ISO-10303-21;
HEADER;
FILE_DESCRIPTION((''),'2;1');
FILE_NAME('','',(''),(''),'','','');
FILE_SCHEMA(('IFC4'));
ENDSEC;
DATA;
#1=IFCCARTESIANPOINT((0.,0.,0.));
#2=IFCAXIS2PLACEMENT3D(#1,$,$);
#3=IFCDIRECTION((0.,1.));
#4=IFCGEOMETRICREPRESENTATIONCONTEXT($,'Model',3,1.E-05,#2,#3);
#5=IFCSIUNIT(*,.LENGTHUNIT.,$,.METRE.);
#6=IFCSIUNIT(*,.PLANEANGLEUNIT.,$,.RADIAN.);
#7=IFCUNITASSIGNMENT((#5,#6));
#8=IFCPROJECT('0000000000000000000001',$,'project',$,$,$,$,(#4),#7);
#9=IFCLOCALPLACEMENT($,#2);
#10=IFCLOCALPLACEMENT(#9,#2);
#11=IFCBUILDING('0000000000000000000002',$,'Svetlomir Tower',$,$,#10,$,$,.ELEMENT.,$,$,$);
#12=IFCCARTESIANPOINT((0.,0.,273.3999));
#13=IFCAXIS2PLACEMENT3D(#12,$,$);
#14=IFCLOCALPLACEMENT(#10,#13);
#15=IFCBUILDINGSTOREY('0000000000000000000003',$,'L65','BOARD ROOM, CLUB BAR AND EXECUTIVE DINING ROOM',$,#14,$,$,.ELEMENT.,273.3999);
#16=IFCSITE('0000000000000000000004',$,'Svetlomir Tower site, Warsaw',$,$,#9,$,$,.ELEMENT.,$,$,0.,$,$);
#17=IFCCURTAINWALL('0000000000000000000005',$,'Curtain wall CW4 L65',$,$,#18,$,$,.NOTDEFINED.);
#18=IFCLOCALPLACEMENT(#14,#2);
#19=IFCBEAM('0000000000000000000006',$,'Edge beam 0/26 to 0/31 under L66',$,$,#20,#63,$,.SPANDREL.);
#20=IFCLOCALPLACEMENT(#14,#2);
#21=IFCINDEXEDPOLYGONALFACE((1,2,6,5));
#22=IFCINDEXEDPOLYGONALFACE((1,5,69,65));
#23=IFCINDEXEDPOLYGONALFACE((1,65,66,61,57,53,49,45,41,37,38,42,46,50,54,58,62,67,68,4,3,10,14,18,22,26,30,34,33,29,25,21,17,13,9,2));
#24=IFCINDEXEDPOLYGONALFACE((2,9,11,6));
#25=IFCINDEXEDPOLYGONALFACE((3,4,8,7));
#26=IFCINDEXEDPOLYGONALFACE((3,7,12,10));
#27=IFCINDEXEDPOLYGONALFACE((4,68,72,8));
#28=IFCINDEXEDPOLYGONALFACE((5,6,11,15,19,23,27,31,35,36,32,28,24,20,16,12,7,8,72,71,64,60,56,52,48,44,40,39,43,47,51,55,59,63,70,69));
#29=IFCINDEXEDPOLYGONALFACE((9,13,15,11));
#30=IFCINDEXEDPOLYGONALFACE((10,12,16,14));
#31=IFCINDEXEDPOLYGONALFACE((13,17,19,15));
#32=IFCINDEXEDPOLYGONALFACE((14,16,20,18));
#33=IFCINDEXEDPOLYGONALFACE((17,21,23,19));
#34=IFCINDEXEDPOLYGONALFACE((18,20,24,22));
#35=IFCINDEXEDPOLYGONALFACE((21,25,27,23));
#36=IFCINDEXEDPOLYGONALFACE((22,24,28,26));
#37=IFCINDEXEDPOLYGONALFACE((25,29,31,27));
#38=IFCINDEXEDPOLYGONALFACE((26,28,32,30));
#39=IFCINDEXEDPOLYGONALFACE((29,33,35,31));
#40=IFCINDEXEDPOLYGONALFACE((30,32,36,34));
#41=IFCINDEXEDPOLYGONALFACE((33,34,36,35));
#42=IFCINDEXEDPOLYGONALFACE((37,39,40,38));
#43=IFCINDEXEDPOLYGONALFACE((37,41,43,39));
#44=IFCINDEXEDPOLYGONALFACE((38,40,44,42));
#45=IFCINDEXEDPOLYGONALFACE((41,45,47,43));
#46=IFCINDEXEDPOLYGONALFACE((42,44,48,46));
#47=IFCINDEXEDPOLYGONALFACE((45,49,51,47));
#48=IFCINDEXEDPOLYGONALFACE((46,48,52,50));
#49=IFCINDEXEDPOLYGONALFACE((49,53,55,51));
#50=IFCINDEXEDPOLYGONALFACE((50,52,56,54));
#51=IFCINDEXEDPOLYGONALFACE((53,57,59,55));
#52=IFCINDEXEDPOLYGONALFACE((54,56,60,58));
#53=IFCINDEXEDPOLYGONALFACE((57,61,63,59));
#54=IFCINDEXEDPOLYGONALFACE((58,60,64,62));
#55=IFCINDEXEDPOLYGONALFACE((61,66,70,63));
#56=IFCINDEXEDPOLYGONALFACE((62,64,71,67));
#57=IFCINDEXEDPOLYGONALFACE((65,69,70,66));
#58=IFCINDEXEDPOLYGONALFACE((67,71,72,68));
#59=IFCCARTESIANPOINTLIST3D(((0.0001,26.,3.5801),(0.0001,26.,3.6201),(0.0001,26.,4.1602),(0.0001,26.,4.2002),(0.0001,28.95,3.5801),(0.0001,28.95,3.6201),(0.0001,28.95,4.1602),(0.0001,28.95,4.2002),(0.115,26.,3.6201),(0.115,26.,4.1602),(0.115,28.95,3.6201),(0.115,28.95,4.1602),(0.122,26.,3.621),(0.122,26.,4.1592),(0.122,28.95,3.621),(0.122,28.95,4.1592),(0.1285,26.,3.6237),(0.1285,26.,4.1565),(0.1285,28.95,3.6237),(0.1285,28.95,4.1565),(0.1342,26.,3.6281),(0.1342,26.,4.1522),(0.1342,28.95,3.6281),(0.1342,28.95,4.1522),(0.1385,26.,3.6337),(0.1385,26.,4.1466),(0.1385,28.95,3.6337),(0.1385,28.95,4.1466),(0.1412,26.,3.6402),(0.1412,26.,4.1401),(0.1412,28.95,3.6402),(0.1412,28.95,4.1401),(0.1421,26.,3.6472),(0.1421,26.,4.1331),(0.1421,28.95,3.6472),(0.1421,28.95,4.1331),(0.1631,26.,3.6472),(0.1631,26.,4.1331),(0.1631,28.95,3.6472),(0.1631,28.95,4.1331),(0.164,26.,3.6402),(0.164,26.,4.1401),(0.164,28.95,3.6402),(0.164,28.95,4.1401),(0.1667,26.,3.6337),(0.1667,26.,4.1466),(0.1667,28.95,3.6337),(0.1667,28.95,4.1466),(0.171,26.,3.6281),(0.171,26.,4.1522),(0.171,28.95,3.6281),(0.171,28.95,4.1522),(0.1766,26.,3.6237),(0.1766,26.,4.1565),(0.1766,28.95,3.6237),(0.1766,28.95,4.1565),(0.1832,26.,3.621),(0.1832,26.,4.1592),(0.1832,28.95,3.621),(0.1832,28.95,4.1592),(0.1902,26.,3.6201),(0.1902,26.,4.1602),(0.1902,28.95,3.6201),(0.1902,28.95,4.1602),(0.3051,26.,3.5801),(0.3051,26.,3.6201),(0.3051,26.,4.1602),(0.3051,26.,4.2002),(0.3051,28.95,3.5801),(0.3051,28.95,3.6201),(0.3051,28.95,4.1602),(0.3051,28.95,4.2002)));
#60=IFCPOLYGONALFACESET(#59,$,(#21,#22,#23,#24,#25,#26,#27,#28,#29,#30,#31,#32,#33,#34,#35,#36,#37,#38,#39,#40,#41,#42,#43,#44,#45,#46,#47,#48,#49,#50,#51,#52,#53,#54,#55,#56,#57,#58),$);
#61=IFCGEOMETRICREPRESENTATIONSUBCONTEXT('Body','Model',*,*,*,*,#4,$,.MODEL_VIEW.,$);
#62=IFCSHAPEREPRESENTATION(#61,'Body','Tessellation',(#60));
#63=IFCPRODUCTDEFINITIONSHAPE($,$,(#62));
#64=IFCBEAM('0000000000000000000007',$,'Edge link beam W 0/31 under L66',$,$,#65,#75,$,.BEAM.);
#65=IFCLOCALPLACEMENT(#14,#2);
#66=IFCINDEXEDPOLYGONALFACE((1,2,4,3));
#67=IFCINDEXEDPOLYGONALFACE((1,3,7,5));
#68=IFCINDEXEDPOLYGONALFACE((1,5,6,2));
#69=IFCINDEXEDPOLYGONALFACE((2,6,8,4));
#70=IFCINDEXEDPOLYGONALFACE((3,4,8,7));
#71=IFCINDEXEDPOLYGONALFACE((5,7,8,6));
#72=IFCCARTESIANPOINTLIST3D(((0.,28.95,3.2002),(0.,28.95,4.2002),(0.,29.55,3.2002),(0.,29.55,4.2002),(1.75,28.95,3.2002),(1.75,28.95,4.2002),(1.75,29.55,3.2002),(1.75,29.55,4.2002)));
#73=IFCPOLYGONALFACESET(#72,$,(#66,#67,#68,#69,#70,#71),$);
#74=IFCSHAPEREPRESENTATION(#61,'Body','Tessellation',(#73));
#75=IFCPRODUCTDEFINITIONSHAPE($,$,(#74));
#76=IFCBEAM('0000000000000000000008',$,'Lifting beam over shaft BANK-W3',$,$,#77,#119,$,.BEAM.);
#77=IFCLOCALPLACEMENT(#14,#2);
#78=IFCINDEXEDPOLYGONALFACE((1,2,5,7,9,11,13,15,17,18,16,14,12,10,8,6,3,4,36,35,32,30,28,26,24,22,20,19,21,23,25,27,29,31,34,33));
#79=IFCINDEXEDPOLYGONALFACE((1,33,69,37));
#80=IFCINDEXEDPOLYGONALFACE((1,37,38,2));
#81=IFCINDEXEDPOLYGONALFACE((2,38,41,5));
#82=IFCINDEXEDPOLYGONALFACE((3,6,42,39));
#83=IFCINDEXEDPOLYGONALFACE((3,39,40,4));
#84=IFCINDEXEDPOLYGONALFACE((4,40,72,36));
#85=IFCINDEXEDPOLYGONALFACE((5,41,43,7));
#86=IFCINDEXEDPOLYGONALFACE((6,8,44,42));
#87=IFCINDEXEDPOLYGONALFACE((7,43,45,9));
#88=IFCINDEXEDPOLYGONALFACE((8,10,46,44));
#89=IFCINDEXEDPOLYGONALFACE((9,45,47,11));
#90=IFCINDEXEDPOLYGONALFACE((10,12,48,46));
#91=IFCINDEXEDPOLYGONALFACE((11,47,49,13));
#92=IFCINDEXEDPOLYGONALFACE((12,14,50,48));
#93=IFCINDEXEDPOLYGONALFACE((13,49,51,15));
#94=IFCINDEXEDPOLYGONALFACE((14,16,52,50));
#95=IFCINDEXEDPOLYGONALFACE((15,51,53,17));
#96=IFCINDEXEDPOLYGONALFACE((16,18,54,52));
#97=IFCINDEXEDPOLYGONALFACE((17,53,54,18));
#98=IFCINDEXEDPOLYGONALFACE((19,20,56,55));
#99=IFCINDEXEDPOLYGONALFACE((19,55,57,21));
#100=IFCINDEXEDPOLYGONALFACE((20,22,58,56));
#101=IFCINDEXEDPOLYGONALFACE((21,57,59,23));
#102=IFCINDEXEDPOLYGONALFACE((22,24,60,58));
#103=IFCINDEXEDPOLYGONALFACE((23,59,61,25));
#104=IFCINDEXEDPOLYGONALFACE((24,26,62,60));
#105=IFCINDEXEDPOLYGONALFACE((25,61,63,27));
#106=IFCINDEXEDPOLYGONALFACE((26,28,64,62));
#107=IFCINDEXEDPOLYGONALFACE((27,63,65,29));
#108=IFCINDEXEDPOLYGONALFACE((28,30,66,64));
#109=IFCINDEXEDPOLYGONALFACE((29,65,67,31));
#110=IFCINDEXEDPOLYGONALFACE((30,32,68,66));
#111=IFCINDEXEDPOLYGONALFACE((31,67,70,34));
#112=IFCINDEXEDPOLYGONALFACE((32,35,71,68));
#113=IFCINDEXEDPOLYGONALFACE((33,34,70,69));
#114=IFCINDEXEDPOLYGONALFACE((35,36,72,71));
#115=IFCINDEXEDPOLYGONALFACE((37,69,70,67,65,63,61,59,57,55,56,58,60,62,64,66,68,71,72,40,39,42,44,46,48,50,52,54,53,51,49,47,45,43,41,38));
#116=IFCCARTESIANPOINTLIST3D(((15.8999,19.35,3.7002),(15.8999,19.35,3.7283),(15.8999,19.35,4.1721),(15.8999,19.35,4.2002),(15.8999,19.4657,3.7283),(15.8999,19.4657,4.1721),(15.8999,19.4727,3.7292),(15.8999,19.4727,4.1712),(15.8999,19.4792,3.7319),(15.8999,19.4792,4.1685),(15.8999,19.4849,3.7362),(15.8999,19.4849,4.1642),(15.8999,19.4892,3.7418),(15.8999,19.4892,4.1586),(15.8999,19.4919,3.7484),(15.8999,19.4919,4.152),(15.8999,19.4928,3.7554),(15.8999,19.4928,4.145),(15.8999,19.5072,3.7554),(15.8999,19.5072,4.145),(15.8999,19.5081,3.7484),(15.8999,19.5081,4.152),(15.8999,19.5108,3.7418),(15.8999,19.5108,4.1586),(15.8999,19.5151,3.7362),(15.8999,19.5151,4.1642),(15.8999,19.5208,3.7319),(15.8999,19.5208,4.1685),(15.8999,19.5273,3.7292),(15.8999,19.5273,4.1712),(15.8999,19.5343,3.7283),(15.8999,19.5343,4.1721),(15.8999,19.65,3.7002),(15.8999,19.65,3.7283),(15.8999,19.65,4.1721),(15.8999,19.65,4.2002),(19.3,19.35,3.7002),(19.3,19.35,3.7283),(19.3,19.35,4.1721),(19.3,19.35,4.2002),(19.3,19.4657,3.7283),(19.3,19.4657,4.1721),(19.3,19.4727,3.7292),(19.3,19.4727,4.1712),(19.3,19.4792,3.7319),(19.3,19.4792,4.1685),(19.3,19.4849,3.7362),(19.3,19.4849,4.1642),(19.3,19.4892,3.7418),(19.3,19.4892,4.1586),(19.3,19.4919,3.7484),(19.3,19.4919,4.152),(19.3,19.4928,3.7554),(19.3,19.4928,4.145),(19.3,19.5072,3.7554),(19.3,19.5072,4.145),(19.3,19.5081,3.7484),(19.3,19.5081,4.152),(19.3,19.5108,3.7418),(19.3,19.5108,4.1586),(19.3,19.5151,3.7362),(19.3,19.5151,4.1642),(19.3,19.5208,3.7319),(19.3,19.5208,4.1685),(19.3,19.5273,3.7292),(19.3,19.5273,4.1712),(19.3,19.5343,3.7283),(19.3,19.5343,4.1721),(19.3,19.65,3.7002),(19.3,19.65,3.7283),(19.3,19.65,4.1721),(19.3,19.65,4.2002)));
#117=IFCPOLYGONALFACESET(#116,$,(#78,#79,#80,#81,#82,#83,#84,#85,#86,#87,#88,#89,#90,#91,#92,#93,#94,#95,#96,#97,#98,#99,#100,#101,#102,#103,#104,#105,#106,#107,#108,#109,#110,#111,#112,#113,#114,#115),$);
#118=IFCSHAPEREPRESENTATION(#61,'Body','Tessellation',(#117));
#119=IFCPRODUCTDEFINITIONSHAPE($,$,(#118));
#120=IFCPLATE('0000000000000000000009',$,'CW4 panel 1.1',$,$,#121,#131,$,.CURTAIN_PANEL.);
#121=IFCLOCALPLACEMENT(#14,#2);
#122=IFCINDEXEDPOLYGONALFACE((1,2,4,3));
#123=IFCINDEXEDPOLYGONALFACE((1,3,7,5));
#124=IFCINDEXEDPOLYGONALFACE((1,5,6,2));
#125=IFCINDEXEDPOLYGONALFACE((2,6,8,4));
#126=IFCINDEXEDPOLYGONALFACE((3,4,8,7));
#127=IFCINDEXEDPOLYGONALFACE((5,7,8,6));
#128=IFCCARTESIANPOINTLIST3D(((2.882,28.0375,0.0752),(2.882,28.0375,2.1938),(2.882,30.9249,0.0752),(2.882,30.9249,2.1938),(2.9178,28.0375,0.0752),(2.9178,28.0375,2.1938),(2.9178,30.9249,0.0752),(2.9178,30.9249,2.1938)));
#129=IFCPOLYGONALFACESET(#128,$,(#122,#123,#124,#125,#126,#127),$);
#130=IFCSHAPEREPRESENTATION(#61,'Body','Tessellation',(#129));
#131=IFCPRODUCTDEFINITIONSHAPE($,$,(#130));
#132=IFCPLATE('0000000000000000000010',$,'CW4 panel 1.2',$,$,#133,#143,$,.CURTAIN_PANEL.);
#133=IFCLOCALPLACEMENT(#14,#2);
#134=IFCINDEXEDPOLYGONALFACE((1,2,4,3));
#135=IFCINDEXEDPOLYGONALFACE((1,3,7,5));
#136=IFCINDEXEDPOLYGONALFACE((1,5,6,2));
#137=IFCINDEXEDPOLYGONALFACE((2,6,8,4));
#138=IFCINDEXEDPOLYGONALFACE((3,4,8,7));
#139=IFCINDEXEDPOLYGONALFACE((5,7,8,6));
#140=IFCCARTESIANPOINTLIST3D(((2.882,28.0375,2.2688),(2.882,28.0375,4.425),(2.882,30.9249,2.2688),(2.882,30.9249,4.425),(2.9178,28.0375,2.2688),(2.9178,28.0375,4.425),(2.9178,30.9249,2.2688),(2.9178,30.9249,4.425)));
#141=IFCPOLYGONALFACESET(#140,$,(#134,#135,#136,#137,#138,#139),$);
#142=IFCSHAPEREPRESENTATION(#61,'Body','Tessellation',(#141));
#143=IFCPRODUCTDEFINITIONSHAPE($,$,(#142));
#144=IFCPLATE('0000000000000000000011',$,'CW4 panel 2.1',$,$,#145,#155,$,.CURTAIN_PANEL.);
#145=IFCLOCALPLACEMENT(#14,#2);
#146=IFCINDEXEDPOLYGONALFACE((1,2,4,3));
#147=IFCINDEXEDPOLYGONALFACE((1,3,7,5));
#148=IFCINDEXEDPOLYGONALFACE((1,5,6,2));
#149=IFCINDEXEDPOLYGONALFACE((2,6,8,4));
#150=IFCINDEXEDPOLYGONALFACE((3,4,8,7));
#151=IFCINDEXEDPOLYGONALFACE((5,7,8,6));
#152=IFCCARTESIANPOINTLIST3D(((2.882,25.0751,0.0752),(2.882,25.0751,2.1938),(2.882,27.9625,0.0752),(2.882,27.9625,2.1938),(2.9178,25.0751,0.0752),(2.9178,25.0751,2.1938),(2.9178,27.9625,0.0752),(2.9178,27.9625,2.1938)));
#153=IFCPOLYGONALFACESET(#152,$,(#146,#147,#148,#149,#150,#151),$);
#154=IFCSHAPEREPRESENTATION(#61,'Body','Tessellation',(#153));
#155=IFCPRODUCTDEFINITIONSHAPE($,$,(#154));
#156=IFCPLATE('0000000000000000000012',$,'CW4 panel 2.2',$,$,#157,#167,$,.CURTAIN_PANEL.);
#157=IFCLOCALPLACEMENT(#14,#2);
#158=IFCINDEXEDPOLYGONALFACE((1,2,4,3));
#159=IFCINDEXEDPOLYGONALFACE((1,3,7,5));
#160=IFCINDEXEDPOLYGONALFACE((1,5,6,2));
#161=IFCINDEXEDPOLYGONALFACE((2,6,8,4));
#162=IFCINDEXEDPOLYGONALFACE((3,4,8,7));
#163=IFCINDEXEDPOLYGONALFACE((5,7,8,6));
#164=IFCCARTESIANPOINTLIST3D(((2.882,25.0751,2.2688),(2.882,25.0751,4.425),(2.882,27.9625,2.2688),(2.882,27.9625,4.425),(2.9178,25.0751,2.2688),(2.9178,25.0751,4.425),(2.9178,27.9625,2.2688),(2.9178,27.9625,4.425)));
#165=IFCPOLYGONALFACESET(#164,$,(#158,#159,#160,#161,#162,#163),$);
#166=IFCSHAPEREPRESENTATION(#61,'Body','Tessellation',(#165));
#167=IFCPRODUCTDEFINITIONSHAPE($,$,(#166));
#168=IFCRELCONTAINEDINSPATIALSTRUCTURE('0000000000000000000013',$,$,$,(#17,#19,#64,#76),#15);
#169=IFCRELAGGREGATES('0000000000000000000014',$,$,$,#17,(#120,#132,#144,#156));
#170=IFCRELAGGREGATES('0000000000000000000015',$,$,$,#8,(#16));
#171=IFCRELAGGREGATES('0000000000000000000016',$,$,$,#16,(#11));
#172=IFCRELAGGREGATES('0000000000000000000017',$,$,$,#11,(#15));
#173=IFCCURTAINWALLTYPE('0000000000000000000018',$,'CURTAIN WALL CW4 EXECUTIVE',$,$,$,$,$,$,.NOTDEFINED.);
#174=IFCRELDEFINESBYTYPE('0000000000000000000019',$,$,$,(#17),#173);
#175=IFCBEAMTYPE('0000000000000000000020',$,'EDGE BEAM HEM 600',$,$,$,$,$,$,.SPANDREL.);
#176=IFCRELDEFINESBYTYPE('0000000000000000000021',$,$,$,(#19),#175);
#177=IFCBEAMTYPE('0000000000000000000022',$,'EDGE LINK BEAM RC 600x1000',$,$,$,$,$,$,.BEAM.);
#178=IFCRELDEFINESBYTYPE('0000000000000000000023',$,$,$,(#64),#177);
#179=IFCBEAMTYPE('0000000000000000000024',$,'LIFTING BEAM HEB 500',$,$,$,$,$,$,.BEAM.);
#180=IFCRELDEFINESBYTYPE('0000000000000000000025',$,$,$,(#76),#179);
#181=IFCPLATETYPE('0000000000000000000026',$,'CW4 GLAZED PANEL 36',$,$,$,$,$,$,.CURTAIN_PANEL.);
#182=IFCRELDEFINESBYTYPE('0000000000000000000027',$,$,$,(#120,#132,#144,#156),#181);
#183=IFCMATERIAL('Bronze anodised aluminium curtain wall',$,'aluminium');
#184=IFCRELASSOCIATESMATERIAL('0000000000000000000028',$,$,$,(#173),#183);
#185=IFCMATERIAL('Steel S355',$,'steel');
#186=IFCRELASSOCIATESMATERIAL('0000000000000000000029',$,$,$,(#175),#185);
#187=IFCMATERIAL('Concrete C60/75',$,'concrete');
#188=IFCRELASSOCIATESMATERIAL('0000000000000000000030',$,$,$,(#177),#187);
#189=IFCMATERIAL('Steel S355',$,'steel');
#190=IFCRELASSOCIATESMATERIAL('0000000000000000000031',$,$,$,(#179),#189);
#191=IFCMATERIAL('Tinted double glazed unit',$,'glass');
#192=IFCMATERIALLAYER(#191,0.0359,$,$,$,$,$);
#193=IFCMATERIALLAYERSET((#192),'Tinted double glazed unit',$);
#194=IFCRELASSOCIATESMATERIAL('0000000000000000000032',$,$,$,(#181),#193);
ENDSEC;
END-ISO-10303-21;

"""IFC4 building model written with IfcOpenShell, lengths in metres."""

from ifc_helpers import new_model, si_unit, direction, frame, origin, origin_2d, place, context, subcontext, project, spatial, rectangle, i_section, extrude, material, layer, layer_set, material_profile, profile_set, type_object, element, aggregate, save


model = new_model("IFC4")

# Units and contexts
model_context = context("Model", 3, precision=1e-05, world=origin(), true_north=direction((0.0, 1.0)))
body_context = subcontext(model_context, "Body", "Model", "MODEL_VIEW")
ifc_project = project(units=[si_unit("LENGTHUNIT", "METRE"), si_unit("PLANEANGLEUNIT", "RADIAN")], contexts=[model_context])

# Site, building, storey
site_placement = place(None, origin())
site = spatial("IfcSite", under=ifc_project, at=site_placement, Name="Svetlomir Tower site, Warsaw", CompositionType="ELEMENT", RefElevation=0.0)
building_placement = place(site_placement, origin())
building = spatial("IfcBuilding", under=site, at=building_placement, Name="Svetlomir Tower", CompositionType="ELEMENT")
storey_placement = place(building_placement, frame((0.0, 0.0, 273.3999)))
storey = spatial("IfcBuildingStorey", under=building, at=storey_placement, Name="L65", Description="BOARD ROOM, CLUB BAR AND EXECUTIVE DINING ROOM", CompositionType="ELEMENT", Elevation=273.3999)

# Curtain wall
ifc_material_1 = material(Name="Bronze anodised aluminium curtain wall", Category="aluminium")
curtain_wall_type = type_object("IfcCurtainWallType", Name="CURTAIN WALL CW4 EXECUTIVE", PredefinedType="NOTDEFINED", material=ifc_material_1)
curtain_wall_placement = place(storey_placement, origin())
curtain_wall = element("IfcCurtainWall", 1, at=curtain_wall_placement, inside=storey, type_object=curtain_wall_type, Name="Curtain wall CW4 L65", PredefinedType="NOTDEFINED")

# Beams
ifc_material_2 = material(Name="Steel S355", Category="steel")
ifc_material_profile_1 = material_profile(ifc_material_2, i_section(OverallWidth=0.3049, OverallDepth=0.6201, WebThickness=0.021, FlangeThickness=0.04, FilletRadius=0.0271, at=origin_2d()), Name="HEM 600")
ifc_profile_set_1 = profile_set([ifc_material_profile_1], Name="Steel S355")
beam_type_1 = type_object("IfcBeamType", Name="EDGE BEAM HEM 600", PredefinedType="SPANDREL", material=ifc_profile_set_1)
beam_1_placement = place(storey_placement, frame((0.1526, 26.0, 3.8901), z_axis=(0.0, 1.0, 0.0), x_axis=(-1.0, 0.0, 0.0)))
element("IfcBeam", 2, at=beam_1_placement, inside=storey, type_object=beam_type_1, Name="Edge beam 0/26 to 0/31 under L66", PredefinedType="SPANDREL", context=body_context, shape_type="SweptSolid", body=[
    extrude(i_section(OverallWidth=0.3049, OverallDepth=0.6201, WebThickness=0.021, FlangeThickness=0.04, FilletRadius=0.0271, at=origin_2d()), origin(), (0.0, 0.0, 1.0), 2.95),
])
ifc_material_3 = material(Name="Concrete C60/75", Category="concrete")
ifc_material_profile_2 = material_profile(ifc_material_3, rectangle(XDim=0.6001, YDim=1.0, at=origin_2d()), Name="RC 600x1000")
ifc_profile_set_2 = profile_set([ifc_material_profile_2], Name="Concrete C60/75")
beam_type_2 = type_object("IfcBeamType", Name="EDGE LINK BEAM RC 600x1000", PredefinedType="BEAM", material=ifc_profile_set_2)
beam_2_placement = place(storey_placement, frame((1.75, 29.25, 3.7002), z_axis=(-1.0, 0.0, 0.0), x_axis=(0.0, -1.0, 0.0)))
element("IfcBeam", 3, at=beam_2_placement, inside=storey, type_object=beam_type_2, Name="Edge link beam W 0/31 under L66", PredefinedType="BEAM", context=body_context, shape_type="SweptSolid", body=[
    extrude(rectangle(XDim=0.6001, YDim=1.0, at=origin_2d()), origin(), (0.0, 0.0, 1.0), 1.75),
])
ifc_material_4 = material(Name="Steel S355", Category="steel")
ifc_material_profile_3 = material_profile(ifc_material_4, i_section(OverallWidth=0.3, OverallDepth=0.5, WebThickness=0.0144, FlangeThickness=0.0281, FilletRadius=0.0271, at=origin_2d()), Name="HEB 500")
ifc_profile_set_3 = profile_set([ifc_material_profile_3], Name="Steel S355")
beam_type_3 = type_object("IfcBeamType", Name="LIFTING BEAM HEB 500", PredefinedType="BEAM", material=ifc_profile_set_3)
beam_3_placement = place(storey_placement, frame((15.8999, 19.5, 3.9502), z_axis=(1.0, 0.0, 0.0), x_axis=(0.0, 1.0, 0.0)))
element("IfcBeam", 4, at=beam_3_placement, inside=storey, type_object=beam_type_3, Name="Lifting beam over shaft BANK-W3", PredefinedType="BEAM", context=body_context, shape_type="SweptSolid", body=[
    extrude(i_section(OverallWidth=0.3, OverallDepth=0.5, WebThickness=0.0144, FlangeThickness=0.0281, FilletRadius=0.0271, at=origin_2d()), origin(), (0.0, 0.0, 1.0), 3.4001),
])

# Plates
ifc_material_5 = material(Name="Tinted double glazed unit", Category="glass")
ifc_layer_1 = layer(ifc_material_5, 0.0359)
ifc_layer_set_1 = layer_set([ifc_layer_1], Name="Tinted double glazed unit")
plate_type = type_object("IfcPlateType", Name="CW4 GLAZED PANEL 36", PredefinedType="CURTAIN_PANEL", material=ifc_layer_set_1)
plate_1_placement = place(storey_placement, frame((2.8999, 29.4812, 0.0752), z_axis=(0.0, 0.0, 1.0), x_axis=(0.0, -1.0, 0.0)))
plate_1 = element("IfcPlate", 5, at=plate_1_placement, type_object=plate_type, Name="CW4 panel 1.1", PredefinedType="CURTAIN_PANEL", context=body_context, shape_type="SweptSolid", body=[
    extrude(rectangle(XDim=2.8875, YDim=0.0359, at=origin_2d()), origin(), (0.0, 0.0, 1.0), 2.1187),
])
plate_2_placement = place(storey_placement, frame((2.8999, 29.4812, 2.2688), z_axis=(0.0, 0.0, 1.0), x_axis=(0.0, -1.0, 0.0)))
plate_2 = element("IfcPlate", 6, at=plate_2_placement, type_object=plate_type, Name="CW4 panel 1.2", PredefinedType="CURTAIN_PANEL", context=body_context, shape_type="SweptSolid", body=[
    extrude(rectangle(XDim=2.8875, YDim=0.0359, at=origin_2d()), origin(), (0.0, 0.0, 1.0), 2.1562),
])
plate_3_placement = place(storey_placement, frame((2.8999, 26.5188, 0.0752), z_axis=(0.0, 0.0, 1.0), x_axis=(0.0, -1.0, 0.0)))
plate_3 = element("IfcPlate", 7, at=plate_3_placement, type_object=plate_type, Name="CW4 panel 2.1", PredefinedType="CURTAIN_PANEL", context=body_context, shape_type="SweptSolid", body=[
    extrude(rectangle(XDim=2.8875, YDim=0.0359, at=origin_2d()), origin(), (0.0, 0.0, 1.0), 2.1187),
])
plate_4_placement = place(storey_placement, frame((2.8999, 26.5188, 2.2688), z_axis=(0.0, 0.0, 1.0), x_axis=(0.0, -1.0, 0.0)))
plate_4 = element("IfcPlate", 8, at=plate_4_placement, type_object=plate_type, Name="CW4 panel 2.2", PredefinedType="CURTAIN_PANEL", context=body_context, shape_type="SweptSolid", body=[
    extrude(rectangle(XDim=2.8875, YDim=0.0359, at=origin_2d()), origin(), (0.0, 0.0, 1.0), 2.1562),
])
aggregate(curtain_wall, [plate_1, plate_2, plate_3, plate_4])

save(model, "model.ifc")
